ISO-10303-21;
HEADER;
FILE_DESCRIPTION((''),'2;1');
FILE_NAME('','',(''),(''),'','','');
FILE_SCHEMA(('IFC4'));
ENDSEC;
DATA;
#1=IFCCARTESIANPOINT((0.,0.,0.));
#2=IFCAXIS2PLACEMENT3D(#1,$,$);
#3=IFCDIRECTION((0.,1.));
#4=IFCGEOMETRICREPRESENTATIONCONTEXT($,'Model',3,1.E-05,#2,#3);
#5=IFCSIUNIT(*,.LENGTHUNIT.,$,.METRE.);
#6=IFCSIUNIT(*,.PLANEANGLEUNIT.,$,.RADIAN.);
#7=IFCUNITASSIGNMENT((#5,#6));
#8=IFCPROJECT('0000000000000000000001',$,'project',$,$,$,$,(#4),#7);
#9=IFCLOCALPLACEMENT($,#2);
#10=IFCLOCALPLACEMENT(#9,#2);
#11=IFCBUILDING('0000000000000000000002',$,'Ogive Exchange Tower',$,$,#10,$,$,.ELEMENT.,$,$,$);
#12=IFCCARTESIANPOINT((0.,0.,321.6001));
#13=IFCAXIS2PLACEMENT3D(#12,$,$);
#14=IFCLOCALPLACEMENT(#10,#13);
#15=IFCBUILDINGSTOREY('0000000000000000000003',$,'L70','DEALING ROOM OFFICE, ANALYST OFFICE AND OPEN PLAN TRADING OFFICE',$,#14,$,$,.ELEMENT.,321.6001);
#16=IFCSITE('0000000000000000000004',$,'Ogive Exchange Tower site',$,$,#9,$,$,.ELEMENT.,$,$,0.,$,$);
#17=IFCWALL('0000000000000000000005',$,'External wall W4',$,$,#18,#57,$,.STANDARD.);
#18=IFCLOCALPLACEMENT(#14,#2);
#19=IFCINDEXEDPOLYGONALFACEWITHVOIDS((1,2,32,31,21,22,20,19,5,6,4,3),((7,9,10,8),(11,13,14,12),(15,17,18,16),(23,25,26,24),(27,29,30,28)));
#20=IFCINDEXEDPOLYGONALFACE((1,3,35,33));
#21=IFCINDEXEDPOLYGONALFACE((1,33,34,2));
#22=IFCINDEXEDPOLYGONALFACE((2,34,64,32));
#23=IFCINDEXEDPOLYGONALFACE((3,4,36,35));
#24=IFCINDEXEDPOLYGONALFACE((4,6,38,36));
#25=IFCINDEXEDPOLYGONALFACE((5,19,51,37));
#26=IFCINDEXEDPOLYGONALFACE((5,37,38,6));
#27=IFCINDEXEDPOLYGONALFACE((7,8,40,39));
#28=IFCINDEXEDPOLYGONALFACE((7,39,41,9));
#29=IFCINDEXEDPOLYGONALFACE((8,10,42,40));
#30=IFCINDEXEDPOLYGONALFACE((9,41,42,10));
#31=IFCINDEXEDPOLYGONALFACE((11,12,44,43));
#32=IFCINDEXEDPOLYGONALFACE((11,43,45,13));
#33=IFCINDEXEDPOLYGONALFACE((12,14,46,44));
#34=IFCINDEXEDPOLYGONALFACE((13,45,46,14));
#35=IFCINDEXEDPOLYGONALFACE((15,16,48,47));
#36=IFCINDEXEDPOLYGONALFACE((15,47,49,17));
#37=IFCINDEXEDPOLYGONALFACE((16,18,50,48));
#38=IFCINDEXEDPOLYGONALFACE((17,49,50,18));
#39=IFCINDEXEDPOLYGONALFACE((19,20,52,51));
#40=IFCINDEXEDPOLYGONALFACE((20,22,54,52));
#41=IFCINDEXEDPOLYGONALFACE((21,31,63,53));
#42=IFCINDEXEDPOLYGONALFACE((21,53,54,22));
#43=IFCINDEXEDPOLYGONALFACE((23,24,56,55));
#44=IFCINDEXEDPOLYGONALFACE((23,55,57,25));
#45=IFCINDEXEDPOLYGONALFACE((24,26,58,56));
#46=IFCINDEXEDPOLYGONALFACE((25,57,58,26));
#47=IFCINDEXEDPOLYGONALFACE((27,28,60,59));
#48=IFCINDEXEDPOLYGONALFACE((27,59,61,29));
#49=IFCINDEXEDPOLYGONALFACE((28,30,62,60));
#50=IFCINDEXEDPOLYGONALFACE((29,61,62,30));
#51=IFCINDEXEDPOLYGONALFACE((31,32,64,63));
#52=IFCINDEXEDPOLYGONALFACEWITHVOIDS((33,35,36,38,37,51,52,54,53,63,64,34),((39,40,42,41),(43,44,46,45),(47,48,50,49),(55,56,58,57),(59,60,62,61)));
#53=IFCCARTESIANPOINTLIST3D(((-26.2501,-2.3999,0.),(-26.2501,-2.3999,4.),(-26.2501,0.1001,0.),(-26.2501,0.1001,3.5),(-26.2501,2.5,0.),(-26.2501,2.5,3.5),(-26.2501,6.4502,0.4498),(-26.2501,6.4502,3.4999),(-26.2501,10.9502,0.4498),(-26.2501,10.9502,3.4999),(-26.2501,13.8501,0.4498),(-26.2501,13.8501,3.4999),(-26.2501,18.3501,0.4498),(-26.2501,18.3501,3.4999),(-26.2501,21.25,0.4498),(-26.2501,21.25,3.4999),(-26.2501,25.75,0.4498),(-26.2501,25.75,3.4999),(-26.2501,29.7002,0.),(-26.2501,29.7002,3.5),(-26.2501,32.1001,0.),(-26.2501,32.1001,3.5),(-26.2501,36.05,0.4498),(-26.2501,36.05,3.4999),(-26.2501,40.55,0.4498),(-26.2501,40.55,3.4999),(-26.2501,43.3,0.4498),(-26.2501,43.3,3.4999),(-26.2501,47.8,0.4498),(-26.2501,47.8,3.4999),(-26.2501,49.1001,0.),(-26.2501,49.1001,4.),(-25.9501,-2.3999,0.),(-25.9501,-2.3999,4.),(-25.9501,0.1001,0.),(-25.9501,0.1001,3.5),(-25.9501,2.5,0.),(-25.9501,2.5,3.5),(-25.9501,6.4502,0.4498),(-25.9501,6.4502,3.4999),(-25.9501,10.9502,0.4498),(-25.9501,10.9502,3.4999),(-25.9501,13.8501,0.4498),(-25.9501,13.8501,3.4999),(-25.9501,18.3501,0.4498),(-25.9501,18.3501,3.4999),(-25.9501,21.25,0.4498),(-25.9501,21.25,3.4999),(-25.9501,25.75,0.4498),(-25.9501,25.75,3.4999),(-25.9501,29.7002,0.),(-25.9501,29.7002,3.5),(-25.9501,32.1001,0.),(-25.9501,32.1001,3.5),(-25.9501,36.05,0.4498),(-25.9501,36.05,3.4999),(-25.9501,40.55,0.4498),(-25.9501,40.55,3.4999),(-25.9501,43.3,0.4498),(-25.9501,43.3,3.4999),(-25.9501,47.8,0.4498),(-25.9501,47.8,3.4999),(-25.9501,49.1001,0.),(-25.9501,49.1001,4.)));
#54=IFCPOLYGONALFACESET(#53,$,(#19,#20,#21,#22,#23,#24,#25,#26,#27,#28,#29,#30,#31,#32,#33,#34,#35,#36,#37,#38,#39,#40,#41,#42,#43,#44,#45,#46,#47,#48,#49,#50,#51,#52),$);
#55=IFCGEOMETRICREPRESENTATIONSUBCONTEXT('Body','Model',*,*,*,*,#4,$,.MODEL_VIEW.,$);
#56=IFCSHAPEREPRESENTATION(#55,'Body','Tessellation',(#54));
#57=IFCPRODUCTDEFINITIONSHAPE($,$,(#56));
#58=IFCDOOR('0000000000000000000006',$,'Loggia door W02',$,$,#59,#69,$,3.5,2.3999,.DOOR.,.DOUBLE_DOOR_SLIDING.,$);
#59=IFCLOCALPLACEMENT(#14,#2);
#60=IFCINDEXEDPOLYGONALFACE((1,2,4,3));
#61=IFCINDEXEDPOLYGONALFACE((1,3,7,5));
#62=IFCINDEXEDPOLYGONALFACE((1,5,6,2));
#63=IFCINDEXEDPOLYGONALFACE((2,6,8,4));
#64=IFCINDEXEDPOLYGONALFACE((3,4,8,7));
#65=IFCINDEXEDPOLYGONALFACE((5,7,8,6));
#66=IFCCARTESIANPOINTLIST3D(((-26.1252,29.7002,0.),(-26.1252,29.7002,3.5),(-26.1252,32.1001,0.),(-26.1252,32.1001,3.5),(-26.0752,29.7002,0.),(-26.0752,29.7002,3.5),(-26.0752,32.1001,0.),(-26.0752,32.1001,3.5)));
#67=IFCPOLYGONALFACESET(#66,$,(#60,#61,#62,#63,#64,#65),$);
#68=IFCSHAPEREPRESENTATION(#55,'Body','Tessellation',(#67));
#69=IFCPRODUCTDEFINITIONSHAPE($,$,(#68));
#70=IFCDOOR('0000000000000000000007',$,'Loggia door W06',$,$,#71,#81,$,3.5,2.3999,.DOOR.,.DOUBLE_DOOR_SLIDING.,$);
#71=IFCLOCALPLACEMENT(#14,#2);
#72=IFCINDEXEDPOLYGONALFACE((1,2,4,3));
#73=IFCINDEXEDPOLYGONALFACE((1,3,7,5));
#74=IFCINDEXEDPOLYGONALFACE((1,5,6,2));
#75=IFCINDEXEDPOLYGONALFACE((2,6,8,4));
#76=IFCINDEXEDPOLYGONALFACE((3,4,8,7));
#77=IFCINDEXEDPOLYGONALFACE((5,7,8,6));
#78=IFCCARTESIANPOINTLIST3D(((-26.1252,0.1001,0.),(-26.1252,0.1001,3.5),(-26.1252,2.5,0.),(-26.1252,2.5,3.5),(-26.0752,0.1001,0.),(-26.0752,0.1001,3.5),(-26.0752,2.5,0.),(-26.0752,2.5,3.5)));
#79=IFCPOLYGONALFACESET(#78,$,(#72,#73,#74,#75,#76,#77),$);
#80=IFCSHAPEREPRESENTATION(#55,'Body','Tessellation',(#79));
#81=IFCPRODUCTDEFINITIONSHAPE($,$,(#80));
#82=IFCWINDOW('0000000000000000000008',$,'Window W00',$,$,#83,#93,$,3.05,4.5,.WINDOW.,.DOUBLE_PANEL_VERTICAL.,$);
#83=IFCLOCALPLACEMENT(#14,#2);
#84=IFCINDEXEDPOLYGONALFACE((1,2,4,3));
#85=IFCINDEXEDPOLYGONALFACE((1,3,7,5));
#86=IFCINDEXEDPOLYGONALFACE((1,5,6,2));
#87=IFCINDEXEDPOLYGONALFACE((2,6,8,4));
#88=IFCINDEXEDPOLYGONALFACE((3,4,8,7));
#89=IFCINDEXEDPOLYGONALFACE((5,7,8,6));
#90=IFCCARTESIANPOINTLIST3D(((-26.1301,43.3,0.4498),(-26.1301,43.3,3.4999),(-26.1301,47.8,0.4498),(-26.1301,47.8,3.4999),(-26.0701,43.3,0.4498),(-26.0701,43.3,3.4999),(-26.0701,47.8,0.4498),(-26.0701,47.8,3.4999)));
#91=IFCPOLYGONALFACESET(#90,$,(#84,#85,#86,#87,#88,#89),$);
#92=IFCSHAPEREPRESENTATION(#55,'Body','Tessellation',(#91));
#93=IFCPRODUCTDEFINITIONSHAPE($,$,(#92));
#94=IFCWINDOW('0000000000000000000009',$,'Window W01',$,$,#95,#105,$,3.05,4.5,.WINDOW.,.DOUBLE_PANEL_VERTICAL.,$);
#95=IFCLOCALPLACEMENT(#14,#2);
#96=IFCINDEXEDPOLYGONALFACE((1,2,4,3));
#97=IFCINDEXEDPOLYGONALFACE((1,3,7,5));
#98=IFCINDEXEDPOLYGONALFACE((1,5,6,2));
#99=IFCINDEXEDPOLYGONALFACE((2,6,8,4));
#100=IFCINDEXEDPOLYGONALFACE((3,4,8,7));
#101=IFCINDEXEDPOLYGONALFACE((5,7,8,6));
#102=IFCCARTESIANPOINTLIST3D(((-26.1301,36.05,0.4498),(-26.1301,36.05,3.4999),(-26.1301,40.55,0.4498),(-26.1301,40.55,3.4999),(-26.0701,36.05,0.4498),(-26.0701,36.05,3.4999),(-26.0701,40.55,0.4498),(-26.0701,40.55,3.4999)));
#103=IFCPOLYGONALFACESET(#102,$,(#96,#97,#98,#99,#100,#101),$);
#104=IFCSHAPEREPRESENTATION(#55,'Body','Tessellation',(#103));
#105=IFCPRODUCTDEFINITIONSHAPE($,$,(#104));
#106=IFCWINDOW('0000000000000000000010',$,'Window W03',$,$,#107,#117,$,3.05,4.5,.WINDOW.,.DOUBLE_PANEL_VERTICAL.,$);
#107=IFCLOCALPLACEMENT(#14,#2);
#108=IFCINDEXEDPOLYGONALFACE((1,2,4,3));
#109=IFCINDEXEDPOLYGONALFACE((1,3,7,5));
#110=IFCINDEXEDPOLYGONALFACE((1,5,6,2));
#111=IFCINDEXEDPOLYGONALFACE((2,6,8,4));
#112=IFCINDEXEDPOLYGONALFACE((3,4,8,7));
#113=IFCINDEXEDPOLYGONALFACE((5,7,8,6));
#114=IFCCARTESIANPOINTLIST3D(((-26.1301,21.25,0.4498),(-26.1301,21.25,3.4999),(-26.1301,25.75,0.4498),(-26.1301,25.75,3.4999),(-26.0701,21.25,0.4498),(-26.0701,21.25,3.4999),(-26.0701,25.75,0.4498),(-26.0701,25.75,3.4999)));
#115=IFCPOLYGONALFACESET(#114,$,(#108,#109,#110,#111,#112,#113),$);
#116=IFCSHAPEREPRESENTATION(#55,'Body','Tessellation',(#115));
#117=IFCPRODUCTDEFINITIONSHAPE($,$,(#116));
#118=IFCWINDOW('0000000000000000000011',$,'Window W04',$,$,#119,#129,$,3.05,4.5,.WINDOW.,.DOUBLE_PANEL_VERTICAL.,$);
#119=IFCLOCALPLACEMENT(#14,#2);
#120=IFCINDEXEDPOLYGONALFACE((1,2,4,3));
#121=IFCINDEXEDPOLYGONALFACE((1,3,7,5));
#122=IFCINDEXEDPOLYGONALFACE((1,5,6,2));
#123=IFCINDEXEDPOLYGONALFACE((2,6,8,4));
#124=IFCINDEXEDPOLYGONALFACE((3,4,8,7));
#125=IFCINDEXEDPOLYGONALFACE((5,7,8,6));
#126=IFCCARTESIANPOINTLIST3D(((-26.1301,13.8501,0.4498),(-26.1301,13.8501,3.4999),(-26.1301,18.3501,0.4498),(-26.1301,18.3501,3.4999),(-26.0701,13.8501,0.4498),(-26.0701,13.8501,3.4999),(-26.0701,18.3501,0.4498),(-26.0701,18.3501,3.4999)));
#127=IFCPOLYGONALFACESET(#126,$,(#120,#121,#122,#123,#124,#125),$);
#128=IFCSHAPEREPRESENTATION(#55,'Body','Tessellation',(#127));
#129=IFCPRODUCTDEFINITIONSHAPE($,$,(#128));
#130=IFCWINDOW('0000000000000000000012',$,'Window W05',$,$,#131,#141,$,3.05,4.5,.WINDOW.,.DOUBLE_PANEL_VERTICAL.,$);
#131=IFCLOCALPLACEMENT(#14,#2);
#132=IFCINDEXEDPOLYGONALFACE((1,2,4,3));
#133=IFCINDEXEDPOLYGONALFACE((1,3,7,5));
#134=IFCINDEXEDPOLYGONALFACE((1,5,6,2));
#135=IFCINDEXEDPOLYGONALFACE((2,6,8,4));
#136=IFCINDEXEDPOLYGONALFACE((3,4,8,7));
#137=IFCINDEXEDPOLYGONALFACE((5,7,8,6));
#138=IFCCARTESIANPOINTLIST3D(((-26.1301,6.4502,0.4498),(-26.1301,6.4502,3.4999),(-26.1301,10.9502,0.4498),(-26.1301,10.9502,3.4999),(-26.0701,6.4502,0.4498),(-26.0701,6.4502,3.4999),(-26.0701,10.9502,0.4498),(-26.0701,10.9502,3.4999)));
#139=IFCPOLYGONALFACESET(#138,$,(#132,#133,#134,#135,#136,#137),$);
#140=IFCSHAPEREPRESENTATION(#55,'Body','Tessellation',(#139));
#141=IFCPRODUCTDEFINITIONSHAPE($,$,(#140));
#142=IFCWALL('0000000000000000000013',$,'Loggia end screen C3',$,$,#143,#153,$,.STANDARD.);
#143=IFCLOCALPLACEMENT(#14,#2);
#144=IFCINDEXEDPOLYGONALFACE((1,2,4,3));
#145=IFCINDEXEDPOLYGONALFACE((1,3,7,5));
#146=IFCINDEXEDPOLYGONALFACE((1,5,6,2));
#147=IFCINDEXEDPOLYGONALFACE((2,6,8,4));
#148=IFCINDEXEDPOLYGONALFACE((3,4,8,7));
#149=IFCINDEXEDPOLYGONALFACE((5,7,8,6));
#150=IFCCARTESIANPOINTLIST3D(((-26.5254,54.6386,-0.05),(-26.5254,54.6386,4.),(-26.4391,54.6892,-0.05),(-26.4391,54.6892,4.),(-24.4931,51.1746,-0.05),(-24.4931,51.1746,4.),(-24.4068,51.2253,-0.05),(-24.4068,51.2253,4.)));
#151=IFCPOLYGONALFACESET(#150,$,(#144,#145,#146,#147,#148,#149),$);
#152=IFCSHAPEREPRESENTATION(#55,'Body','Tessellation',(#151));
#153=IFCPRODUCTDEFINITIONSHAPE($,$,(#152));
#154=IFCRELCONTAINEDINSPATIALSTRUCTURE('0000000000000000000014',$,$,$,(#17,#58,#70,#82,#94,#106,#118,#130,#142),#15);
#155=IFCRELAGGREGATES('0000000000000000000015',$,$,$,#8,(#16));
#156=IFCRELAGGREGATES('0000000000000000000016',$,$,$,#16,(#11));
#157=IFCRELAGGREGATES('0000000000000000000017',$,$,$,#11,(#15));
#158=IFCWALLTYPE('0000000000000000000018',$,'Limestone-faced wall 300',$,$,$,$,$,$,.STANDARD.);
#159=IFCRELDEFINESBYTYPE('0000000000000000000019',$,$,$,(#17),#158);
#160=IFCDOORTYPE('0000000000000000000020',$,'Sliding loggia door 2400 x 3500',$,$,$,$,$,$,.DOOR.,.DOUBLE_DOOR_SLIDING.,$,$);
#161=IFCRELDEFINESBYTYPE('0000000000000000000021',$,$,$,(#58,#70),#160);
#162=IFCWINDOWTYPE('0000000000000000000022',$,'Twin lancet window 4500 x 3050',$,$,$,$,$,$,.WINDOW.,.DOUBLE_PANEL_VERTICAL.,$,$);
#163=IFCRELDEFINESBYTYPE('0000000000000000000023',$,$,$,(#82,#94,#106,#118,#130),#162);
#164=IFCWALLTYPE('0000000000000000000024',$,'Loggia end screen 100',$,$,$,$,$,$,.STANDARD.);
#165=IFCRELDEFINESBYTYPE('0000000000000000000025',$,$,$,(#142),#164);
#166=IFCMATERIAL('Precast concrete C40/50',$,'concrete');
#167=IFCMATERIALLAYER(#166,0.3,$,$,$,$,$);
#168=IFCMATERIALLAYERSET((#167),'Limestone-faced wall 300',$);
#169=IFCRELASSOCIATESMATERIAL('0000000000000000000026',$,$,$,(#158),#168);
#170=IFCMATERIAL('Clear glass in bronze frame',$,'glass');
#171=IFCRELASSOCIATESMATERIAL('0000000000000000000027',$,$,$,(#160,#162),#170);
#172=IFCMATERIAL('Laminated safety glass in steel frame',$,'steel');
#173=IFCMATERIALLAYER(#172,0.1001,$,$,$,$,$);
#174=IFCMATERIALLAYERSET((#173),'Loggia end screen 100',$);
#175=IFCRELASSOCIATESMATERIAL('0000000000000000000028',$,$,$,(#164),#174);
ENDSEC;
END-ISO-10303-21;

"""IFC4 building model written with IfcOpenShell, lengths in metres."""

from ifc_helpers import new_model, si_unit, direction, frame, frame_2d, origin, place, context, subcontext, project, spatial, rectangle, extrude, material, layer, layer_set, type_object, element, fill, save


model = new_model("IFC4")

# Units and contexts
model_context = context("Model", 3, precision=1e-05, world=origin(), true_north=direction((0.0, 1.0)))
body_context = subcontext(model_context, "Body", "Model", "MODEL_VIEW")
ifc_project = project(units=[si_unit("LENGTHUNIT", "METRE"), si_unit("PLANEANGLEUNIT", "RADIAN")], contexts=[model_context])

# Site, building, storey
site_placement = place(None, origin())
site = spatial("IfcSite", under=ifc_project, at=site_placement, Name="Ogive Exchange Tower site", CompositionType="ELEMENT", RefElevation=0.0)
building_placement = place(site_placement, origin())
building = spatial("IfcBuilding", under=site, at=building_placement, Name="Ogive Exchange Tower", CompositionType="ELEMENT")
storey_placement = place(building_placement, frame((0.0, 0.0, 321.6001)))
storey = spatial("IfcBuildingStorey", under=building, at=storey_placement, Name="L70", Description="DEALING ROOM OFFICE, ANALYST OFFICE AND OPEN PLAN TRADING OFFICE", CompositionType="ELEMENT", Elevation=321.6001)

# Wall, openings, doors, windows
ifc_material_1 = material(Name="Precast concrete C40/50", Category="concrete")
ifc_layer_1 = layer(ifc_material_1, 0.3)
ifc_layer_set_1 = layer_set([ifc_layer_1], Name="Limestone-faced wall 300")
wall_type_1 = type_object("IfcWallType", Name="Limestone-faced wall 300", PredefinedType="STANDARD", material=ifc_layer_set_1)
wall_1_placement = place(storey_placement, frame((-26.1001, 49.1001, 0.0), z_axis=(0.0, 0.0, 1.0), x_axis=(0.0, -1.0, 0.0)))
wall_1 = element("IfcWall", 1, at=wall_1_placement, inside=storey, type_object=wall_type_1, Name="External wall W4", PredefinedType="STANDARD", context=body_context, shape_type="SweptSolid", body=[
    extrude(rectangle(XDim=51.5, YDim=0.3, at=frame_2d((25.75, 0.0))), origin(), (0.0, 0.0, 1.0), 4.0),
])
opening_1_placement = place(wall_1_placement, frame((1.3, 0.0, 0.45)))
opening_1 = element("IfcOpeningElement", 2, at=opening_1_placement, cuts=wall_1, PredefinedType="OPENING", context=body_context, shape_type="SweptSolid", body=[
    extrude(rectangle(XDim=4.5, YDim=3.05, at=frame_2d((2.25, 1.5249))), frame((0.0, 0.1599, 0.0), z_axis=(0.0, -1.0, 0.0), x_axis=(1.0, 0.0, 0.0)), (0.0, 0.0, 1.0), 0.3201),
])
opening_2_placement = place(wall_1_placement, frame((8.55, 0.0, 0.45)))
opening_2 = element("IfcOpeningElement", 3, at=opening_2_placement, cuts=wall_1, PredefinedType="OPENING", context=body_context, shape_type="SweptSolid", body=[
    extrude(rectangle(XDim=4.5, YDim=3.05, at=frame_2d((2.25, 1.5249))), frame((0.0, 0.1599, 0.0), z_axis=(0.0, -1.0, 0.0), x_axis=(1.0, 0.0, 0.0)), (0.0, 0.0, 1.0), 0.3201),
])
opening_3_placement = place(wall_1_placement, frame((17.0, 0.0, 0.0)))
opening_3 = element("IfcOpeningElement", 4, at=opening_3_placement, cuts=wall_1, PredefinedType="OPENING", context=body_context, shape_type="SweptSolid", body=[
    extrude(rectangle(XDim=2.3999, YDim=3.5, at=frame_2d((1.2, 1.75))), frame((0.0, 0.1599, 0.0), z_axis=(0.0, -1.0, 0.0), x_axis=(1.0, 0.0, 0.0)), (0.0, 0.0, 1.0), 0.3201),
])
opening_4_placement = place(wall_1_placement, frame((23.3501, 0.0, 0.45)))
opening_4 = element("IfcOpeningElement", 5, at=opening_4_placement, cuts=wall_1, PredefinedType="OPENING", context=body_context, shape_type="SweptSolid", body=[
    extrude(rectangle(XDim=4.5, YDim=3.05, at=frame_2d((2.25, 1.5249))), frame((0.0, 0.1599, 0.0), z_axis=(0.0, -1.0, 0.0), x_axis=(1.0, 0.0, 0.0)), (0.0, 0.0, 1.0), 0.3201),
])
opening_5_placement = place(wall_1_placement, frame((30.75, 0.0, 0.45)))
opening_5 = element("IfcOpeningElement", 6, at=opening_5_placement, cuts=wall_1, PredefinedType="OPENING", context=body_context, shape_type="SweptSolid", body=[
    extrude(rectangle(XDim=4.5, YDim=3.05, at=frame_2d((2.25, 1.5249))), frame((0.0, 0.1599, 0.0), z_axis=(0.0, -1.0, 0.0), x_axis=(1.0, 0.0, 0.0)), (0.0, 0.0, 1.0), 0.3201),
])
opening_6_placement = place(wall_1_placement, frame((38.1499, 0.0, 0.45)))
opening_6 = element("IfcOpeningElement", 7, at=opening_6_placement, cuts=wall_1, PredefinedType="OPENING", context=body_context, shape_type="SweptSolid", body=[
    extrude(rectangle(XDim=4.5, YDim=3.05, at=frame_2d((2.25, 1.5249))), frame((0.0, 0.1599, 0.0), z_axis=(0.0, -1.0, 0.0), x_axis=(1.0, 0.0, 0.0)), (0.0, 0.0, 1.0), 0.3201),
])
opening_7_placement = place(wall_1_placement, frame((46.6001, 0.0, 0.0)))
opening_7 = element("IfcOpeningElement", 8, at=opening_7_placement, cuts=wall_1, PredefinedType="OPENING", context=body_context, shape_type="SweptSolid", body=[
    extrude(rectangle(XDim=2.3999, YDim=3.5, at=frame_2d((1.2, 1.75))), frame((0.0, 0.1599, 0.0), z_axis=(0.0, -1.0, 0.0), x_axis=(1.0, 0.0, 0.0)), (0.0, 0.0, 1.0), 0.3201),
])
ifc_material_2 = material(Name="Clear glass in bronze frame", Category="glass")
door_type_1 = type_object("IfcDoorType", Name="Sliding loggia door 2400 x 3500", OperationType="DOUBLE_DOOR_SLIDING", PredefinedType="DOOR", material=ifc_material_2)
door_1_placement = place(opening_3_placement, origin())
door_1 = element("IfcDoor", 9, at=door_1_placement, inside=storey, type_object=door_type_1, Name="Loggia door W02", OperationType="DOUBLE_DOOR_SLIDING", OverallHeight=3.5, OverallWidth=2.3999, PredefinedType="DOOR", context=body_context, shape_type="SweptSolid", body=[
    extrude(rectangle(XDim=2.3999, YDim=3.5, at=frame_2d((1.2, 1.75))), frame((0.0, 0.0249, 0.0), z_axis=(0.0, -1.0, 0.0), x_axis=(1.0, 0.0, 0.0)), (0.0, 0.0, 1.0), 0.05),
])
fill(opening_3, door_1)
door_2_placement = place(opening_7_placement, origin())
door_2 = element("IfcDoor", 10, at=door_2_placement, inside=storey, type_object=door_type_1, Name="Loggia door W06", OperationType="DOUBLE_DOOR_SLIDING", OverallHeight=3.5, OverallWidth=2.3999, PredefinedType="DOOR", context=body_context, shape_type="SweptSolid", body=[
    extrude(rectangle(XDim=2.3999, YDim=3.5, at=frame_2d((1.2, 1.75))), frame((0.0, 0.0249, 0.0), z_axis=(0.0, -1.0, 0.0), x_axis=(1.0, 0.0, 0.0)), (0.0, 0.0, 1.0), 0.05),
])
fill(opening_7, door_2)
window_type = type_object("IfcWindowType", Name="Twin lancet window 4500 x 3050", PartitioningType="DOUBLE_PANEL_VERTICAL", PredefinedType="WINDOW", material=ifc_material_2)
window_1_placement = place(opening_1_placement, origin())
window_1 = element("IfcWindow", 11, at=window_1_placement, inside=storey, type_object=window_type, Name="Window W00", OverallHeight=3.05, OverallWidth=4.5, PartitioningType="DOUBLE_PANEL_VERTICAL", PredefinedType="WINDOW", context=body_context, shape_type="SweptSolid", body=[
    extrude(rectangle(XDim=4.5, YDim=3.05, at=frame_2d((2.25, 1.5249))), frame((0.0, 0.03, 0.0), z_axis=(0.0, -1.0, 0.0), x_axis=(1.0, 0.0, 0.0)), (0.0, 0.0, 1.0), 0.0601),
])
fill(opening_1, window_1)
window_2_placement = place(opening_2_placement, origin())
window_2 = element("IfcWindow", 12, at=window_2_placement, inside=storey, type_object=window_type, Name="Window W01", OverallHeight=3.05, OverallWidth=4.5, PartitioningType="DOUBLE_PANEL_VERTICAL", PredefinedType="WINDOW", context=body_context, shape_type="SweptSolid", body=[
    extrude(rectangle(XDim=4.5, YDim=3.05, at=frame_2d((2.25, 1.5249))), frame((0.0, 0.03, 0.0), z_axis=(0.0, -1.0, 0.0), x_axis=(1.0, 0.0, 0.0)), (0.0, 0.0, 1.0), 0.0601),
])
fill(opening_2, window_2)
window_3_placement = place(opening_4_placement, origin())
window_3 = element("IfcWindow", 13, at=window_3_placement, inside=storey, type_object=window_type, Name="Window W03", OverallHeight=3.05, OverallWidth=4.5, PartitioningType="DOUBLE_PANEL_VERTICAL", PredefinedType="WINDOW", context=body_context, shape_type="SweptSolid", body=[
    extrude(rectangle(XDim=4.5, YDim=3.05, at=frame_2d((2.25, 1.5249))), frame((0.0, 0.03, 0.0), z_axis=(0.0, -1.0, 0.0), x_axis=(1.0, 0.0, 0.0)), (0.0, 0.0, 1.0), 0.0601),
])
fill(opening_4, window_3)
window_4_placement = place(opening_5_placement, origin())
window_4 = element("IfcWindow", 14, at=window_4_placement, inside=storey, type_object=window_type, Name="Window W04", OverallHeight=3.05, OverallWidth=4.5, PartitioningType="DOUBLE_PANEL_VERTICAL", PredefinedType="WINDOW", context=body_context, shape_type="SweptSolid", body=[
    extrude(rectangle(XDim=4.5, YDim=3.05, at=frame_2d((2.25, 1.5249))), frame((0.0, 0.03, 0.0), z_axis=(0.0, -1.0, 0.0), x_axis=(1.0, 0.0, 0.0)), (0.0, 0.0, 1.0), 0.0601),
])
fill(opening_5, window_4)
window_5_placement = place(opening_6_placement, origin())
window_5 = element("IfcWindow", 15, at=window_5_placement, inside=storey, type_object=window_type, Name="Window W05", OverallHeight=3.05, OverallWidth=4.5, PartitioningType="DOUBLE_PANEL_VERTICAL", PredefinedType="WINDOW", context=body_context, shape_type="SweptSolid", body=[
    extrude(rectangle(XDim=4.5, YDim=3.05, at=frame_2d((2.25, 1.5249))), frame((0.0, 0.03, 0.0), z_axis=(0.0, -1.0, 0.0), x_axis=(1.0, 0.0, 0.0)), (0.0, 0.0, 1.0), 0.0601),
])
fill(opening_6, window_5)

# Wall
ifc_material_3 = material(Name="Laminated safety glass in steel frame", Category="steel")
ifc_layer_2 = layer(ifc_material_3, 0.1001)
ifc_layer_set_2 = layer_set([ifc_layer_2], Name="Loggia end screen 100")
wall_type_2 = type_object("IfcWallType", Name="Loggia end screen 100", PredefinedType="STANDARD", material=ifc_layer_set_2)
wall_2_placement = place(storey_placement, frame((-24.45, 51.2, -0.05), z_axis=(0.0, 0.0, 1.0), x_axis=(-0.506031, 0.862515, 0.0)))
element("IfcWall", 16, at=wall_2_placement, inside=storey, type_object=wall_type_2, Name="Loggia end screen C3", PredefinedType="STANDARD", context=body_context, shape_type="SweptSolid", body=[
    extrude(rectangle(XDim=4.0161, YDim=0.1001, at=frame_2d((2.0081, 0.0))), origin(), (0.0, 0.0, 1.0), 4.05),
])

save(model, "model.ifc")
